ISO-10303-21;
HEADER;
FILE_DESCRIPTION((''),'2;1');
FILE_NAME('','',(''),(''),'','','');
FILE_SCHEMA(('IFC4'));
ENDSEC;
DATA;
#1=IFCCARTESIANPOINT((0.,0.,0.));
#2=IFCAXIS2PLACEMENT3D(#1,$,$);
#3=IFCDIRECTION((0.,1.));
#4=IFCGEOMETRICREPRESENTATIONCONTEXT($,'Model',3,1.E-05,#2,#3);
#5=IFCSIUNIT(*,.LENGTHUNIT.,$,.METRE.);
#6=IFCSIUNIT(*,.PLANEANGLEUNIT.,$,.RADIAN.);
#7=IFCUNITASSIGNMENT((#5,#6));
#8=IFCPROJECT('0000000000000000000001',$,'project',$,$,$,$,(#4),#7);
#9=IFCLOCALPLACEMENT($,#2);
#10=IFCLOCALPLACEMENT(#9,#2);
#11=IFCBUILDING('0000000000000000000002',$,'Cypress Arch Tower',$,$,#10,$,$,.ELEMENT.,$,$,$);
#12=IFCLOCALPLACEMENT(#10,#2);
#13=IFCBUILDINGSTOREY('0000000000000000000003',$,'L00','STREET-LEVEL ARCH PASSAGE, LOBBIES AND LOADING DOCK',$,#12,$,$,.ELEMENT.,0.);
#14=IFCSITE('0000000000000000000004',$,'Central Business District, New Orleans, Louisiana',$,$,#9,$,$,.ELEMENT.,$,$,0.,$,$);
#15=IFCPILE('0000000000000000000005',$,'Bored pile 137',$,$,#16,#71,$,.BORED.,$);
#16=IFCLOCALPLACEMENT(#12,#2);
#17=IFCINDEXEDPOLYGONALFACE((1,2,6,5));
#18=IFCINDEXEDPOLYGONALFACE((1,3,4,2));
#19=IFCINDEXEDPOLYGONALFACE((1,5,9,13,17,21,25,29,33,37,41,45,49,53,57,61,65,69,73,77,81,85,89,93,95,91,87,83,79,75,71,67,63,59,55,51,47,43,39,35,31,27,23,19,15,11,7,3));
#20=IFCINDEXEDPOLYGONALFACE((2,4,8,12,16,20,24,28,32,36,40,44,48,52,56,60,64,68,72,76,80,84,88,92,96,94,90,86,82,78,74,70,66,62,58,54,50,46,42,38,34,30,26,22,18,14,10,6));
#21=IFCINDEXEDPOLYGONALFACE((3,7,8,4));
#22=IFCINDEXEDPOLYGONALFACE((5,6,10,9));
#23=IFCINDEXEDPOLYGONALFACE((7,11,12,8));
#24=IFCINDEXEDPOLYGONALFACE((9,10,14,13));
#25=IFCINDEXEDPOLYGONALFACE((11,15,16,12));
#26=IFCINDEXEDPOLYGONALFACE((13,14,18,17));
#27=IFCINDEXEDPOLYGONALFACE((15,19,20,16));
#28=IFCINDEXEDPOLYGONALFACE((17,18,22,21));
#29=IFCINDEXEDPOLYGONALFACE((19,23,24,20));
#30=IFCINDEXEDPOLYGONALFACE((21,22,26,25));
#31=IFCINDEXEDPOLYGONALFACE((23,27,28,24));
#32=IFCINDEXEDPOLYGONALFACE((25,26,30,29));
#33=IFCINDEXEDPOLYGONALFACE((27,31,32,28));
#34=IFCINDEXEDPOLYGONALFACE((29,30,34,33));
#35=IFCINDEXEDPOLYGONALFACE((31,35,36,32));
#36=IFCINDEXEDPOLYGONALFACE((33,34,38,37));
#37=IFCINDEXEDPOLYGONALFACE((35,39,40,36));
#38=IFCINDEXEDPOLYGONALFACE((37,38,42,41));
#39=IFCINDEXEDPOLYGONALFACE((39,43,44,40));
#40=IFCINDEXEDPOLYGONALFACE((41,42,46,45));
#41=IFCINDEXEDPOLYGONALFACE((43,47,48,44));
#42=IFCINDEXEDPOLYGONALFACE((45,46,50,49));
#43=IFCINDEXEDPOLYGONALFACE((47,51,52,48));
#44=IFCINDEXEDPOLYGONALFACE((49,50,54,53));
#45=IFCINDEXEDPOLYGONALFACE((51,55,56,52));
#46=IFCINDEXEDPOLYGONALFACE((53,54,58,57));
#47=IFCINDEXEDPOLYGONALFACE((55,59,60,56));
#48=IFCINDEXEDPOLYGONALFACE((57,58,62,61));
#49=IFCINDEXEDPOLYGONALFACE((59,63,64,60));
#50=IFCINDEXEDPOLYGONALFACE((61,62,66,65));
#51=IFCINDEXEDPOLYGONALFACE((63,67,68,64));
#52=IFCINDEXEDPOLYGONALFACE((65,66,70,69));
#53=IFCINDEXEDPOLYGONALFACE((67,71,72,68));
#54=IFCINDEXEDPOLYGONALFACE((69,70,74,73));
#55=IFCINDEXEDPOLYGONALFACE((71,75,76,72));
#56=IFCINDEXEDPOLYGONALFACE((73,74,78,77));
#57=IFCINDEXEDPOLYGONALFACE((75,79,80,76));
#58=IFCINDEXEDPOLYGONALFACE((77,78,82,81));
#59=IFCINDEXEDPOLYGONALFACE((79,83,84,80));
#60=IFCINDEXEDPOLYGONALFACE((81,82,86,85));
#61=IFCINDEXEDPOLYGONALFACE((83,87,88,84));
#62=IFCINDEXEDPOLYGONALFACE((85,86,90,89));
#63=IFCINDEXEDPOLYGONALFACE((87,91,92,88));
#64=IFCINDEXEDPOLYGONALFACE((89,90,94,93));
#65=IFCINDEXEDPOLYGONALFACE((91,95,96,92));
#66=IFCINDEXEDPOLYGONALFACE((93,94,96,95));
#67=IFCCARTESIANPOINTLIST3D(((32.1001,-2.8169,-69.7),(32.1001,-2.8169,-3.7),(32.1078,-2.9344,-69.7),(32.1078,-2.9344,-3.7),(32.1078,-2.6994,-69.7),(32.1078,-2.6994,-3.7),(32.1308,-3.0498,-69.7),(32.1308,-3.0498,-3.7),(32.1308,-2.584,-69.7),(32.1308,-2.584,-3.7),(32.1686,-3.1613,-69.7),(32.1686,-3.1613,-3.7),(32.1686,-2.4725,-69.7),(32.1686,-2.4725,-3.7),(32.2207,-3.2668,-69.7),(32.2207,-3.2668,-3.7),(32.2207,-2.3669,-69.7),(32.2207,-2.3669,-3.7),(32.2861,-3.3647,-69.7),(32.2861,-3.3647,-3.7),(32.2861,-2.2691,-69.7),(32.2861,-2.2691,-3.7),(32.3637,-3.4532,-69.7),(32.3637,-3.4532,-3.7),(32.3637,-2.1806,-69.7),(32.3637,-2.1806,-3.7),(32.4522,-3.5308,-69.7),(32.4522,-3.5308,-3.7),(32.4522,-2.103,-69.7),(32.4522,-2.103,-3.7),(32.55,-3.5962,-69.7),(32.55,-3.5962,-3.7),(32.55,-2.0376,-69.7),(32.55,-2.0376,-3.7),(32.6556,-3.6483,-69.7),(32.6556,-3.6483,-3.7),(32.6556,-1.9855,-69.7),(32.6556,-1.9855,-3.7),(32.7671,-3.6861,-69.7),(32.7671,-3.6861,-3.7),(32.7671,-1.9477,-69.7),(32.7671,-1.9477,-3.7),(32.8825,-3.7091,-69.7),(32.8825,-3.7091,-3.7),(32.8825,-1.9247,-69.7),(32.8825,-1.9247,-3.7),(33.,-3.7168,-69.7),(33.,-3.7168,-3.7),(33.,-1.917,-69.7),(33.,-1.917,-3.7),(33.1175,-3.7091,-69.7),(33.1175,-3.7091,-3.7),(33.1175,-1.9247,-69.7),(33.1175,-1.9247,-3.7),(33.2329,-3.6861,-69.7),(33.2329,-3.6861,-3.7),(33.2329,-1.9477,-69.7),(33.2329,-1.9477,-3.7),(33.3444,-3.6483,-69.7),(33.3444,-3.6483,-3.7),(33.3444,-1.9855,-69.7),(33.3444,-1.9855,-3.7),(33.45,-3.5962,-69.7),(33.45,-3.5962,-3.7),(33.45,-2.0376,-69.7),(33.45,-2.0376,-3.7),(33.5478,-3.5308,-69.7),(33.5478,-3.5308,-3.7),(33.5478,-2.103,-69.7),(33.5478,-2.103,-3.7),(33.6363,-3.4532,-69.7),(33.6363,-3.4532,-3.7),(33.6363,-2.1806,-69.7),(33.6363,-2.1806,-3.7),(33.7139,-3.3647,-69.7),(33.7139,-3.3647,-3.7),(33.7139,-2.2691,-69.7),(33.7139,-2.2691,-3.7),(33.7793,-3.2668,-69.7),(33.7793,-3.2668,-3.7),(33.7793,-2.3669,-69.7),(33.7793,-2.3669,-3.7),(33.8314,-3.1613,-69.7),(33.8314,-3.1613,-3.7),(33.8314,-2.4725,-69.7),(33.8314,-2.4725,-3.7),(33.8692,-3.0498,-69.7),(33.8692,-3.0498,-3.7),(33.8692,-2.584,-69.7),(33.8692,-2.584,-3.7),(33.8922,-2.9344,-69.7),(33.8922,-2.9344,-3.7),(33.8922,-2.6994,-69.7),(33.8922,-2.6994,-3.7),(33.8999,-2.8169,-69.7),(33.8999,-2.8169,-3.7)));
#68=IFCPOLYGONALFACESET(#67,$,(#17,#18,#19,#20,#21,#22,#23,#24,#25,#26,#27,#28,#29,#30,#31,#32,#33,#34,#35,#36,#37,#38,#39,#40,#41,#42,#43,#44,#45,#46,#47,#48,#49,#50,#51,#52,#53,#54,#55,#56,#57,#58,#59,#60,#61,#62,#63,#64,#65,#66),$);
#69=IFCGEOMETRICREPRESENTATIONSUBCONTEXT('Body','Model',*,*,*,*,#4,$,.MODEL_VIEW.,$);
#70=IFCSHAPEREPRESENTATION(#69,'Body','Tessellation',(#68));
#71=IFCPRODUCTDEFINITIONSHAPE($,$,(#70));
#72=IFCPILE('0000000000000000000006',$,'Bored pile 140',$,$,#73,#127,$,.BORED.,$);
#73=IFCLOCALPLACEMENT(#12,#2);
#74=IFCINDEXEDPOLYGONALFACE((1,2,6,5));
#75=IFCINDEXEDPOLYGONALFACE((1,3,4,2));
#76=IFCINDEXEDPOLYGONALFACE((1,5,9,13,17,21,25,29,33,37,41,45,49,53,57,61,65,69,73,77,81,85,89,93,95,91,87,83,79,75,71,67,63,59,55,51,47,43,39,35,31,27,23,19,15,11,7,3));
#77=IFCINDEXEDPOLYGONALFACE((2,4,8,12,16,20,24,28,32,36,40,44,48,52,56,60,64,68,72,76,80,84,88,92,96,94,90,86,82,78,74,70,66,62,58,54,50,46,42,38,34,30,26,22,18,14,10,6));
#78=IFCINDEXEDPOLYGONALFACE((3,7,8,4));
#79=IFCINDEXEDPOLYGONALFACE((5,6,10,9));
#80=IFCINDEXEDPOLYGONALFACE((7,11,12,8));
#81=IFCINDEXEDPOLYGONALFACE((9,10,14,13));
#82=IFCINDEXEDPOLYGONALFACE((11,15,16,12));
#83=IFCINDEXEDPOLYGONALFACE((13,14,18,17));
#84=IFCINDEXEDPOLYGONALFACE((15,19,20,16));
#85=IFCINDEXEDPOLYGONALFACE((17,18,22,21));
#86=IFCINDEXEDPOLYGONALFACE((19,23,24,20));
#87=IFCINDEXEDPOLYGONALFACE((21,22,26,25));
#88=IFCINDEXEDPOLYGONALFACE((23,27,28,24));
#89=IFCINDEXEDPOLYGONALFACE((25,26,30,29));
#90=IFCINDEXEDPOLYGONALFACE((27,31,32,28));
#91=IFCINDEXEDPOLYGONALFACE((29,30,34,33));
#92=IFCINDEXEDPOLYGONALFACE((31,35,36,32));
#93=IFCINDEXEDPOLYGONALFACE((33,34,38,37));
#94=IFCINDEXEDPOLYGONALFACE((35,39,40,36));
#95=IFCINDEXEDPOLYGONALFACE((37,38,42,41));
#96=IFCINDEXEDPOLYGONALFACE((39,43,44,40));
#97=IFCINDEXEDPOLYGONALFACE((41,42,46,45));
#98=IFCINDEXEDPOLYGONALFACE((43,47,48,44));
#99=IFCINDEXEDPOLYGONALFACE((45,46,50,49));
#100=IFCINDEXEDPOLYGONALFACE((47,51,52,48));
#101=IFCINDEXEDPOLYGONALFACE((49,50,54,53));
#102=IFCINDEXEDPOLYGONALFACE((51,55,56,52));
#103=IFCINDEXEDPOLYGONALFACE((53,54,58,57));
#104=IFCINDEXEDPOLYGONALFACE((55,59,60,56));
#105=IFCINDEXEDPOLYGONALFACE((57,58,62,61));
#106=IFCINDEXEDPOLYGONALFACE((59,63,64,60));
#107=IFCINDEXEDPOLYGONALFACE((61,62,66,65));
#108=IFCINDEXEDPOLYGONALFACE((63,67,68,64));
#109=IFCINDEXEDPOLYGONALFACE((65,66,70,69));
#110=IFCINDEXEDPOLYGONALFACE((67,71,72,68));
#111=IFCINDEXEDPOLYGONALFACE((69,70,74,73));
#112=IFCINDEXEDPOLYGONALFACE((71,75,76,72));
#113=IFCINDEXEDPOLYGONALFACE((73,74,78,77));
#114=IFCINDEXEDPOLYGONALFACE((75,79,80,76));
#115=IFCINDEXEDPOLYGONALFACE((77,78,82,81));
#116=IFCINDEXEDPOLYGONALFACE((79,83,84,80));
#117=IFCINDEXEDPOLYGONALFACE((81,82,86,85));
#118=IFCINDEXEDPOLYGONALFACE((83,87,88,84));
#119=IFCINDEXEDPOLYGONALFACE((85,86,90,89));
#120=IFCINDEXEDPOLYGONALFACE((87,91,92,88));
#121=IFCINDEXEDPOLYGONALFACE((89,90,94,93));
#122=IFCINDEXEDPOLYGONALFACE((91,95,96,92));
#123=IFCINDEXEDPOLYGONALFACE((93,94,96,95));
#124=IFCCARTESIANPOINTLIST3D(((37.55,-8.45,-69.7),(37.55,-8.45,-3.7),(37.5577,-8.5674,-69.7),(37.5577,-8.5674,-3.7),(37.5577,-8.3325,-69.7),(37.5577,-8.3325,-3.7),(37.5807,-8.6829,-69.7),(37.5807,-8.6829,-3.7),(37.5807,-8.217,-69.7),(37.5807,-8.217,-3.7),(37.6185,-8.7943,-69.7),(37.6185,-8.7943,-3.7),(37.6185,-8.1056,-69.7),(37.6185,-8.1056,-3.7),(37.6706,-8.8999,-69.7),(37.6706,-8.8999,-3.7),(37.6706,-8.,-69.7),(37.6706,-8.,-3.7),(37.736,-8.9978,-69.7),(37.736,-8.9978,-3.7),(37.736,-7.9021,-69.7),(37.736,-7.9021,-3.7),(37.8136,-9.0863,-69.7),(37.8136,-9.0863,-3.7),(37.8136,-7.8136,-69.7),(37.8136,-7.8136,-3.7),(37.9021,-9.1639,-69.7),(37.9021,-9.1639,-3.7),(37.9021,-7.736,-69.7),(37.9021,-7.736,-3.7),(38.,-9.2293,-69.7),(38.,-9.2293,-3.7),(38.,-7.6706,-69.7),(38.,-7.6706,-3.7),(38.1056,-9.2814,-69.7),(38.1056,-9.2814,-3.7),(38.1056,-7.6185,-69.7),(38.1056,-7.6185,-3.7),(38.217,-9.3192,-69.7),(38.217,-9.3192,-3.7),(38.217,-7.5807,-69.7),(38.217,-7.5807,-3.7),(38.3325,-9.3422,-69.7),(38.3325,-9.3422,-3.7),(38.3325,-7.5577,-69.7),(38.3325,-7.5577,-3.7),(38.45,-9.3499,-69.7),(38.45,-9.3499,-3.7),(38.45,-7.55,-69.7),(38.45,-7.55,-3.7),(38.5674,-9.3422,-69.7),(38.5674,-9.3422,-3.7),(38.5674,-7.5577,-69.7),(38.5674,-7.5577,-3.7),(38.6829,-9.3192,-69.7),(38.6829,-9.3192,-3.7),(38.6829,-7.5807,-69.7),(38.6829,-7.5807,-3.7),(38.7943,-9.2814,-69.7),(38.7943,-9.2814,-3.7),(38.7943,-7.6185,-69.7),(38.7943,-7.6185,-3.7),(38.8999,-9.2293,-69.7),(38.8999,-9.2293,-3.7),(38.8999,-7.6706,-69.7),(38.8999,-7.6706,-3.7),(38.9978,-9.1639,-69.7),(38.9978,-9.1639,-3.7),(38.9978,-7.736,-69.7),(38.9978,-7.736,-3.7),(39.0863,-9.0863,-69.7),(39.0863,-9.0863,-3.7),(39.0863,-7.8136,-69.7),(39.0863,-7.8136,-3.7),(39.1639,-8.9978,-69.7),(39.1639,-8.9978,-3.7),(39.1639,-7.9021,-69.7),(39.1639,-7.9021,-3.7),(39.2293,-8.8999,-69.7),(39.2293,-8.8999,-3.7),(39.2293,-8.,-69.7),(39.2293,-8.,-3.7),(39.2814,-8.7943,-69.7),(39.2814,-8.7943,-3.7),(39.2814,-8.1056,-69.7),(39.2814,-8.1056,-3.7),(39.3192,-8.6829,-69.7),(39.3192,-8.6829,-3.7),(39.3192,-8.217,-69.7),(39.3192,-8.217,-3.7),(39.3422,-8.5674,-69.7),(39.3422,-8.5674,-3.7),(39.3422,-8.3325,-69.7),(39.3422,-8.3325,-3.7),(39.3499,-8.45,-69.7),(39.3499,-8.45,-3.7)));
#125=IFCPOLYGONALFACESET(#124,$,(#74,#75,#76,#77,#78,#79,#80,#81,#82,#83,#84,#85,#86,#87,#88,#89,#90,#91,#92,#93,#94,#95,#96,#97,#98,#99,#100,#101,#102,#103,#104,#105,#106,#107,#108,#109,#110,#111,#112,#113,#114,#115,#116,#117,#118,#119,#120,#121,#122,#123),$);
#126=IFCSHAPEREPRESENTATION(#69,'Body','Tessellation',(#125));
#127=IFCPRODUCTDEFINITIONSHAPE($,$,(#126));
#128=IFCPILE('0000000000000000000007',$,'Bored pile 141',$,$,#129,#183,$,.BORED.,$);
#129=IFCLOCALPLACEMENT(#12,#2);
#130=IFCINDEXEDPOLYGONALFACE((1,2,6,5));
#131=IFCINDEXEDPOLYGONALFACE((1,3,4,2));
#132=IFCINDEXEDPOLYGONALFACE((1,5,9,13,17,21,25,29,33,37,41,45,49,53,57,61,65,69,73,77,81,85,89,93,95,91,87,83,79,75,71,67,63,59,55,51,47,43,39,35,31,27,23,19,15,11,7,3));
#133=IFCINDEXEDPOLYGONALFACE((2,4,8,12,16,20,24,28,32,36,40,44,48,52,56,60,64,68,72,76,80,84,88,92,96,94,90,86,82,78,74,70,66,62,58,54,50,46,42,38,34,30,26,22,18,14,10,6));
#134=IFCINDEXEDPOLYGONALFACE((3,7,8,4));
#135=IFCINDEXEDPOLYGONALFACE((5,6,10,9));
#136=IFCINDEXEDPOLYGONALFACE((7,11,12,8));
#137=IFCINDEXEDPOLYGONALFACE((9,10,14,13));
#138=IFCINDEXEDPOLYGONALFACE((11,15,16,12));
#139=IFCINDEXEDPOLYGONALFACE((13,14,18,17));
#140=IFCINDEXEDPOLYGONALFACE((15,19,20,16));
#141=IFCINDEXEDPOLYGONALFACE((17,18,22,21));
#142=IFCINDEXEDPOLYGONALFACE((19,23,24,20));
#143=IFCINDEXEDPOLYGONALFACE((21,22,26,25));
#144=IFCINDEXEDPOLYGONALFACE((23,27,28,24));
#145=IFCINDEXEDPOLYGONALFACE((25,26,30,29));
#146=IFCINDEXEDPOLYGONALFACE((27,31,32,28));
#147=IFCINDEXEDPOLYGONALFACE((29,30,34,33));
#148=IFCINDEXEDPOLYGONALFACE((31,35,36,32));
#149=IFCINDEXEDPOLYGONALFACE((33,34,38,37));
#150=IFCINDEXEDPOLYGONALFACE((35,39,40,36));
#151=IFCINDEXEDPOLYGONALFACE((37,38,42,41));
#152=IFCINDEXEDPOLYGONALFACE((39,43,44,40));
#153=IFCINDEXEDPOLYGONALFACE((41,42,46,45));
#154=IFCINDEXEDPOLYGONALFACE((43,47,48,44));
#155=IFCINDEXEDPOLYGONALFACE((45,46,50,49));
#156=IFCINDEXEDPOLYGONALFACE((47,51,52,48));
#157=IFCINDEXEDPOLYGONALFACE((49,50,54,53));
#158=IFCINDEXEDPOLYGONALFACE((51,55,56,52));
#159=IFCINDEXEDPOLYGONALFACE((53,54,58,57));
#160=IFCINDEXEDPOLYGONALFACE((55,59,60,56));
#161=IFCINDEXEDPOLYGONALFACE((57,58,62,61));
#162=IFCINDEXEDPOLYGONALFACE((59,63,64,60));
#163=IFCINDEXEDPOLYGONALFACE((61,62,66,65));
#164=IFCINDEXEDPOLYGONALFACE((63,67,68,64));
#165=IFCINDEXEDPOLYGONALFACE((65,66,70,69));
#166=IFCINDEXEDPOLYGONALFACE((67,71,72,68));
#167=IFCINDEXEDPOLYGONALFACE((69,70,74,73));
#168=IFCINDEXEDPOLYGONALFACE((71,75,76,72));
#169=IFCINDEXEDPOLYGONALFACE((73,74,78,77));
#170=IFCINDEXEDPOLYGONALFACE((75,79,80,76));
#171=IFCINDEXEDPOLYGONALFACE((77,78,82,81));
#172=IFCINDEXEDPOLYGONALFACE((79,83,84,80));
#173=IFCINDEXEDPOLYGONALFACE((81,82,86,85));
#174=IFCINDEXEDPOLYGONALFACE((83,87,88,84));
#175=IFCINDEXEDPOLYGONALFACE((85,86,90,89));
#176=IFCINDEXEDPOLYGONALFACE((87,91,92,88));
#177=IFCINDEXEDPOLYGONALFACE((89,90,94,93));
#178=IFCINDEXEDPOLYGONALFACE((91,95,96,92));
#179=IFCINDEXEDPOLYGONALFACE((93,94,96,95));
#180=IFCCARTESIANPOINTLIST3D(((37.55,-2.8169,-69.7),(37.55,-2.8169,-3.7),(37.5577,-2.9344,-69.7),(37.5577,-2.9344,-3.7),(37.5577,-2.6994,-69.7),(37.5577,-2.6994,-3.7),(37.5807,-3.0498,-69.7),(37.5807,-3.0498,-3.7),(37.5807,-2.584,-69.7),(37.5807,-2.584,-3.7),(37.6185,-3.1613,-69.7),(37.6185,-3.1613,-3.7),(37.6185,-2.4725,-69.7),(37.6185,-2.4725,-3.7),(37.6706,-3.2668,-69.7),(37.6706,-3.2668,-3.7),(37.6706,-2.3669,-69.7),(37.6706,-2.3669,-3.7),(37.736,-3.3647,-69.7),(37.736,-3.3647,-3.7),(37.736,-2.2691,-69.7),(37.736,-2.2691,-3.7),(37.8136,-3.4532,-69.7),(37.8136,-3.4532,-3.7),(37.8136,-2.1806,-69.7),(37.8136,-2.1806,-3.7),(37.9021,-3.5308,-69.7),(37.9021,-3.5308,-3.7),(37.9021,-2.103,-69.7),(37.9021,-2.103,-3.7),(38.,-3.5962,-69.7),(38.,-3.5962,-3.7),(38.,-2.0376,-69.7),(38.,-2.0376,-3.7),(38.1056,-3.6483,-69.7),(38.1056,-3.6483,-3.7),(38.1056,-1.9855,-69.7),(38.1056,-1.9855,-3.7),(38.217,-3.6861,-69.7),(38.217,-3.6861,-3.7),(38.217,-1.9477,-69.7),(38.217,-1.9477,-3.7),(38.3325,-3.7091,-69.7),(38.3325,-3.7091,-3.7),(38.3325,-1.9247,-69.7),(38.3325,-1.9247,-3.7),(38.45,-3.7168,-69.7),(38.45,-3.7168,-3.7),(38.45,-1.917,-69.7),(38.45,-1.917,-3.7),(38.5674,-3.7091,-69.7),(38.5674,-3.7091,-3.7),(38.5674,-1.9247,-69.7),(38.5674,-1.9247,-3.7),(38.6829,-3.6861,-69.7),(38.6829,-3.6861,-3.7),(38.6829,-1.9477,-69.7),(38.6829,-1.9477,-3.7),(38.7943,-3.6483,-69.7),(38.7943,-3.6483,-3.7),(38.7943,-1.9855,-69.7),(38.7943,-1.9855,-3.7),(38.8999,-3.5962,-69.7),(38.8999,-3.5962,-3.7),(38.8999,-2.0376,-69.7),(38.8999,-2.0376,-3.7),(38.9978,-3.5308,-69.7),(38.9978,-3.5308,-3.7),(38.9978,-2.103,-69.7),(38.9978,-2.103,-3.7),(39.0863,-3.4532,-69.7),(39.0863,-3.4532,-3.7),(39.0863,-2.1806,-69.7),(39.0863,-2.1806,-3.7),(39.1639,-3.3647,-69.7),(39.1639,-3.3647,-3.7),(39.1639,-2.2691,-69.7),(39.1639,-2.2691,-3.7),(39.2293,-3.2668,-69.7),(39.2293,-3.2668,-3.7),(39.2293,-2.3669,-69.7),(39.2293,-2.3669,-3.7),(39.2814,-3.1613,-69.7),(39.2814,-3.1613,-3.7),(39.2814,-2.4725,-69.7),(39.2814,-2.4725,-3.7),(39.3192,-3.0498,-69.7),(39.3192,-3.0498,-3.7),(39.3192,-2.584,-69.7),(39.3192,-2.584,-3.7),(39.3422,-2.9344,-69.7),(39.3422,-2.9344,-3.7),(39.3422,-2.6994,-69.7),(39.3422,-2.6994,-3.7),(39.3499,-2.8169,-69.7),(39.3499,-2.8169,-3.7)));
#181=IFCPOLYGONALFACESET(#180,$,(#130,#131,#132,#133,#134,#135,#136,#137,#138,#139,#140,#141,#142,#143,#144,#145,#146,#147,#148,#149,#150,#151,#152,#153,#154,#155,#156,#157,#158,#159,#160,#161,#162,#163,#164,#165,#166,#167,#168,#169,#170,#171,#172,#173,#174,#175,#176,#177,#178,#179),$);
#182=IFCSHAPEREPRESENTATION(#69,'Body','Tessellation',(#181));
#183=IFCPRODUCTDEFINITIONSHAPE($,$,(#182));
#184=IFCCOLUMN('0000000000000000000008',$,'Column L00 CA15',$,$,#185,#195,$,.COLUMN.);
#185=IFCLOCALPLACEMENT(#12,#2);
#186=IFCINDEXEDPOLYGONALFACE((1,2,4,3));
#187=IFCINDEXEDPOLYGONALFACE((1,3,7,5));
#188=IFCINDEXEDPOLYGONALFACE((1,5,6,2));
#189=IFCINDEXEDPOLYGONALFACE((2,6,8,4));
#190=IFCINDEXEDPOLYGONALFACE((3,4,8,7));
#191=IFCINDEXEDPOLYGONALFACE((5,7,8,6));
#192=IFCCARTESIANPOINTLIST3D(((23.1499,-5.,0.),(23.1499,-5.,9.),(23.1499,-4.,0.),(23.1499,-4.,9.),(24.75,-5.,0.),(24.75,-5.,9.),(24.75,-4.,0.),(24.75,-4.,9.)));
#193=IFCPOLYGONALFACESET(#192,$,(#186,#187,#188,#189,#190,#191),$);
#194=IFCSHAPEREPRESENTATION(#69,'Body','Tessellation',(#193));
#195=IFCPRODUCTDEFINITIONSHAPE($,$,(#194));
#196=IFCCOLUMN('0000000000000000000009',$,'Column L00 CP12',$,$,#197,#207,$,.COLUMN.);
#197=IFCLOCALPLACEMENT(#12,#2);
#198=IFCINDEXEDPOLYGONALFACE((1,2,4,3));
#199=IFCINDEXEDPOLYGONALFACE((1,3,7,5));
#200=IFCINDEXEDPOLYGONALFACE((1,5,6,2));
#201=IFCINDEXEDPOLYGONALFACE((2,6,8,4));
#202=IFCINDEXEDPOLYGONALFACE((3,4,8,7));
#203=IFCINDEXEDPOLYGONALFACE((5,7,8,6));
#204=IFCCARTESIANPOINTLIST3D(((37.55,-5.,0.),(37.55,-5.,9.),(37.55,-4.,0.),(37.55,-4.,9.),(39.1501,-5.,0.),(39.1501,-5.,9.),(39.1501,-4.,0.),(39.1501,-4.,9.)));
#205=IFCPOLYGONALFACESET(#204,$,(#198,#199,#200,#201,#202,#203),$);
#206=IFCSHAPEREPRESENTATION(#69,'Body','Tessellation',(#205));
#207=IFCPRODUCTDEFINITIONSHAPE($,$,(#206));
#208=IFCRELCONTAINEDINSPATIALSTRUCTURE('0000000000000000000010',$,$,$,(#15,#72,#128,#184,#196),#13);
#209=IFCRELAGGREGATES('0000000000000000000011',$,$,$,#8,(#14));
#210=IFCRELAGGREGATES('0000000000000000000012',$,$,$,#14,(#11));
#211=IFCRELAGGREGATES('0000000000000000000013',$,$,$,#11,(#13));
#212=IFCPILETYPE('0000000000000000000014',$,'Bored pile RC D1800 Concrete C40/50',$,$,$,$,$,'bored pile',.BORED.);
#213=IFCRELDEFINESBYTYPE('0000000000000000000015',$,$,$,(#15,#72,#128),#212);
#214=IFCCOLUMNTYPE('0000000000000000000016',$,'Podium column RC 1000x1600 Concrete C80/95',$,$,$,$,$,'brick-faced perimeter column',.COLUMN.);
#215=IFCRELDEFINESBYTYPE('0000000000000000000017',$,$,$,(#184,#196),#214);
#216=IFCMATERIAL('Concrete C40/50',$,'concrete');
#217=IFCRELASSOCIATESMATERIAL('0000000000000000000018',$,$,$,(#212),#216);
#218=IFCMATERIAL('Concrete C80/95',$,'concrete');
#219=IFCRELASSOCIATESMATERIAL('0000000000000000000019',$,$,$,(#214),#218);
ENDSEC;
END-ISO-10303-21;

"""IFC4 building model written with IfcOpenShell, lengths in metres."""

from ifc_helpers import new_model, si_unit, direction, frame, origin, origin_2d, place, context, subcontext, project, spatial, rectangle, circle, extrude, material, material_profile, profile_set, type_object, element, save


model = new_model("IFC4")

# Units and contexts
model_context = context("Model", 3, precision=1e-05, world=origin(), true_north=direction((0.0, 1.0)))
body_context = subcontext(model_context, "Body", "Model", "MODEL_VIEW")
ifc_project = project(units=[si_unit("LENGTHUNIT", "METRE"), si_unit("PLANEANGLEUNIT", "RADIAN")], contexts=[model_context])

# Site, building, storey
site_placement = place(None, origin())
site = spatial("IfcSite", under=ifc_project, at=site_placement, Name="Central Business District, New Orleans, Louisiana", CompositionType="ELEMENT", RefElevation=0.0)
building_placement = place(site_placement, origin())
building = spatial("IfcBuilding", under=site, at=building_placement, Name="Cypress Arch Tower", CompositionType="ELEMENT")
storey_placement = place(building_placement, origin())
storey = spatial("IfcBuildingStorey", under=building, at=storey_placement, Name="L00", Description="STREET-LEVEL ARCH PASSAGE, LOBBIES AND LOADING DOCK", CompositionType="ELEMENT", Elevation=0.0)

# Piles
ifc_material_1 = material(Name="Concrete C40/50", Category="concrete")
ifc_material_profile_1 = material_profile(ifc_material_1, circle(Radius=0.8999, at=origin_2d()), Name="RC D1800")
ifc_profile_set_1 = profile_set([ifc_material_profile_1], Name="Concrete C40/50")
pile_type = type_object("IfcPileType", Name="Bored pile RC D1800 Concrete C40/50", ElementType="bored pile", PredefinedType="BORED", material=ifc_profile_set_1)
for number, where, z_axis, x_axis, name in (
    (1, (33.0, -2.8169, -3.7), (0.0, 0.0, -1.0), (1.0, 0.0, 0.0), "Bored pile 137"),
    (2, (38.45, -8.45, -3.7), (0.0, 0.0, -1.0), (1.0, 0.0, 0.0), "Bored pile 140"),
    (3, (38.45, -2.8169, -3.7), (0.0, 0.0, -1.0), (1.0, 0.0, 0.0), "Bored pile 141"),
):
    element("IfcPile", number, at=place(storey_placement, frame(where, z_axis=z_axis, x_axis=x_axis)), inside=storey, type_object=pile_type, Name=name, PredefinedType="BORED", context=body_context, shape_type="SweptSolid", body=[
        extrude(circle(Radius=0.8999, at=origin_2d()), origin(), (0.0, 0.0, 1.0), 66.0),
    ])

# Columns
ifc_material_2 = material(Name="Concrete C80/95", Category="concrete")
ifc_material_profile_2 = material_profile(ifc_material_2, rectangle(XDim=1.0, YDim=1.6001, at=origin_2d()), Name="RC 1000x1600")
ifc_profile_set_2 = profile_set([ifc_material_profile_2], Name="Concrete C80/95")
column_type = type_object("IfcColumnType", Name="Podium column RC 1000x1600 Concrete C80/95", ElementType="brick-faced perimeter column", PredefinedType="COLUMN", material=ifc_profile_set_2)
for number, where, z_axis, x_axis, name in (
    (4, (23.95, -4.5, 0.0), (0.0, 0.0, 1.0), (0.0, 1.0, 0.0), "Column L00 CA15"),
    (5, (38.3501, -4.5, 0.0), (0.0, 0.0, 1.0), (0.0, 1.0, 0.0), "Column L00 CP12"),
):
    element("IfcColumn", number, at=place(storey_placement, frame(where, z_axis=z_axis, x_axis=x_axis)), inside=storey, type_object=column_type, Name=name, PredefinedType="COLUMN", context=body_context, shape_type="SweptSolid", body=[
        extrude(rectangle(XDim=1.0, YDim=1.6001, at=origin_2d()), origin(), (0.0, 0.0, 1.0), 9.0),
    ])

save(model, "model.ifc")
